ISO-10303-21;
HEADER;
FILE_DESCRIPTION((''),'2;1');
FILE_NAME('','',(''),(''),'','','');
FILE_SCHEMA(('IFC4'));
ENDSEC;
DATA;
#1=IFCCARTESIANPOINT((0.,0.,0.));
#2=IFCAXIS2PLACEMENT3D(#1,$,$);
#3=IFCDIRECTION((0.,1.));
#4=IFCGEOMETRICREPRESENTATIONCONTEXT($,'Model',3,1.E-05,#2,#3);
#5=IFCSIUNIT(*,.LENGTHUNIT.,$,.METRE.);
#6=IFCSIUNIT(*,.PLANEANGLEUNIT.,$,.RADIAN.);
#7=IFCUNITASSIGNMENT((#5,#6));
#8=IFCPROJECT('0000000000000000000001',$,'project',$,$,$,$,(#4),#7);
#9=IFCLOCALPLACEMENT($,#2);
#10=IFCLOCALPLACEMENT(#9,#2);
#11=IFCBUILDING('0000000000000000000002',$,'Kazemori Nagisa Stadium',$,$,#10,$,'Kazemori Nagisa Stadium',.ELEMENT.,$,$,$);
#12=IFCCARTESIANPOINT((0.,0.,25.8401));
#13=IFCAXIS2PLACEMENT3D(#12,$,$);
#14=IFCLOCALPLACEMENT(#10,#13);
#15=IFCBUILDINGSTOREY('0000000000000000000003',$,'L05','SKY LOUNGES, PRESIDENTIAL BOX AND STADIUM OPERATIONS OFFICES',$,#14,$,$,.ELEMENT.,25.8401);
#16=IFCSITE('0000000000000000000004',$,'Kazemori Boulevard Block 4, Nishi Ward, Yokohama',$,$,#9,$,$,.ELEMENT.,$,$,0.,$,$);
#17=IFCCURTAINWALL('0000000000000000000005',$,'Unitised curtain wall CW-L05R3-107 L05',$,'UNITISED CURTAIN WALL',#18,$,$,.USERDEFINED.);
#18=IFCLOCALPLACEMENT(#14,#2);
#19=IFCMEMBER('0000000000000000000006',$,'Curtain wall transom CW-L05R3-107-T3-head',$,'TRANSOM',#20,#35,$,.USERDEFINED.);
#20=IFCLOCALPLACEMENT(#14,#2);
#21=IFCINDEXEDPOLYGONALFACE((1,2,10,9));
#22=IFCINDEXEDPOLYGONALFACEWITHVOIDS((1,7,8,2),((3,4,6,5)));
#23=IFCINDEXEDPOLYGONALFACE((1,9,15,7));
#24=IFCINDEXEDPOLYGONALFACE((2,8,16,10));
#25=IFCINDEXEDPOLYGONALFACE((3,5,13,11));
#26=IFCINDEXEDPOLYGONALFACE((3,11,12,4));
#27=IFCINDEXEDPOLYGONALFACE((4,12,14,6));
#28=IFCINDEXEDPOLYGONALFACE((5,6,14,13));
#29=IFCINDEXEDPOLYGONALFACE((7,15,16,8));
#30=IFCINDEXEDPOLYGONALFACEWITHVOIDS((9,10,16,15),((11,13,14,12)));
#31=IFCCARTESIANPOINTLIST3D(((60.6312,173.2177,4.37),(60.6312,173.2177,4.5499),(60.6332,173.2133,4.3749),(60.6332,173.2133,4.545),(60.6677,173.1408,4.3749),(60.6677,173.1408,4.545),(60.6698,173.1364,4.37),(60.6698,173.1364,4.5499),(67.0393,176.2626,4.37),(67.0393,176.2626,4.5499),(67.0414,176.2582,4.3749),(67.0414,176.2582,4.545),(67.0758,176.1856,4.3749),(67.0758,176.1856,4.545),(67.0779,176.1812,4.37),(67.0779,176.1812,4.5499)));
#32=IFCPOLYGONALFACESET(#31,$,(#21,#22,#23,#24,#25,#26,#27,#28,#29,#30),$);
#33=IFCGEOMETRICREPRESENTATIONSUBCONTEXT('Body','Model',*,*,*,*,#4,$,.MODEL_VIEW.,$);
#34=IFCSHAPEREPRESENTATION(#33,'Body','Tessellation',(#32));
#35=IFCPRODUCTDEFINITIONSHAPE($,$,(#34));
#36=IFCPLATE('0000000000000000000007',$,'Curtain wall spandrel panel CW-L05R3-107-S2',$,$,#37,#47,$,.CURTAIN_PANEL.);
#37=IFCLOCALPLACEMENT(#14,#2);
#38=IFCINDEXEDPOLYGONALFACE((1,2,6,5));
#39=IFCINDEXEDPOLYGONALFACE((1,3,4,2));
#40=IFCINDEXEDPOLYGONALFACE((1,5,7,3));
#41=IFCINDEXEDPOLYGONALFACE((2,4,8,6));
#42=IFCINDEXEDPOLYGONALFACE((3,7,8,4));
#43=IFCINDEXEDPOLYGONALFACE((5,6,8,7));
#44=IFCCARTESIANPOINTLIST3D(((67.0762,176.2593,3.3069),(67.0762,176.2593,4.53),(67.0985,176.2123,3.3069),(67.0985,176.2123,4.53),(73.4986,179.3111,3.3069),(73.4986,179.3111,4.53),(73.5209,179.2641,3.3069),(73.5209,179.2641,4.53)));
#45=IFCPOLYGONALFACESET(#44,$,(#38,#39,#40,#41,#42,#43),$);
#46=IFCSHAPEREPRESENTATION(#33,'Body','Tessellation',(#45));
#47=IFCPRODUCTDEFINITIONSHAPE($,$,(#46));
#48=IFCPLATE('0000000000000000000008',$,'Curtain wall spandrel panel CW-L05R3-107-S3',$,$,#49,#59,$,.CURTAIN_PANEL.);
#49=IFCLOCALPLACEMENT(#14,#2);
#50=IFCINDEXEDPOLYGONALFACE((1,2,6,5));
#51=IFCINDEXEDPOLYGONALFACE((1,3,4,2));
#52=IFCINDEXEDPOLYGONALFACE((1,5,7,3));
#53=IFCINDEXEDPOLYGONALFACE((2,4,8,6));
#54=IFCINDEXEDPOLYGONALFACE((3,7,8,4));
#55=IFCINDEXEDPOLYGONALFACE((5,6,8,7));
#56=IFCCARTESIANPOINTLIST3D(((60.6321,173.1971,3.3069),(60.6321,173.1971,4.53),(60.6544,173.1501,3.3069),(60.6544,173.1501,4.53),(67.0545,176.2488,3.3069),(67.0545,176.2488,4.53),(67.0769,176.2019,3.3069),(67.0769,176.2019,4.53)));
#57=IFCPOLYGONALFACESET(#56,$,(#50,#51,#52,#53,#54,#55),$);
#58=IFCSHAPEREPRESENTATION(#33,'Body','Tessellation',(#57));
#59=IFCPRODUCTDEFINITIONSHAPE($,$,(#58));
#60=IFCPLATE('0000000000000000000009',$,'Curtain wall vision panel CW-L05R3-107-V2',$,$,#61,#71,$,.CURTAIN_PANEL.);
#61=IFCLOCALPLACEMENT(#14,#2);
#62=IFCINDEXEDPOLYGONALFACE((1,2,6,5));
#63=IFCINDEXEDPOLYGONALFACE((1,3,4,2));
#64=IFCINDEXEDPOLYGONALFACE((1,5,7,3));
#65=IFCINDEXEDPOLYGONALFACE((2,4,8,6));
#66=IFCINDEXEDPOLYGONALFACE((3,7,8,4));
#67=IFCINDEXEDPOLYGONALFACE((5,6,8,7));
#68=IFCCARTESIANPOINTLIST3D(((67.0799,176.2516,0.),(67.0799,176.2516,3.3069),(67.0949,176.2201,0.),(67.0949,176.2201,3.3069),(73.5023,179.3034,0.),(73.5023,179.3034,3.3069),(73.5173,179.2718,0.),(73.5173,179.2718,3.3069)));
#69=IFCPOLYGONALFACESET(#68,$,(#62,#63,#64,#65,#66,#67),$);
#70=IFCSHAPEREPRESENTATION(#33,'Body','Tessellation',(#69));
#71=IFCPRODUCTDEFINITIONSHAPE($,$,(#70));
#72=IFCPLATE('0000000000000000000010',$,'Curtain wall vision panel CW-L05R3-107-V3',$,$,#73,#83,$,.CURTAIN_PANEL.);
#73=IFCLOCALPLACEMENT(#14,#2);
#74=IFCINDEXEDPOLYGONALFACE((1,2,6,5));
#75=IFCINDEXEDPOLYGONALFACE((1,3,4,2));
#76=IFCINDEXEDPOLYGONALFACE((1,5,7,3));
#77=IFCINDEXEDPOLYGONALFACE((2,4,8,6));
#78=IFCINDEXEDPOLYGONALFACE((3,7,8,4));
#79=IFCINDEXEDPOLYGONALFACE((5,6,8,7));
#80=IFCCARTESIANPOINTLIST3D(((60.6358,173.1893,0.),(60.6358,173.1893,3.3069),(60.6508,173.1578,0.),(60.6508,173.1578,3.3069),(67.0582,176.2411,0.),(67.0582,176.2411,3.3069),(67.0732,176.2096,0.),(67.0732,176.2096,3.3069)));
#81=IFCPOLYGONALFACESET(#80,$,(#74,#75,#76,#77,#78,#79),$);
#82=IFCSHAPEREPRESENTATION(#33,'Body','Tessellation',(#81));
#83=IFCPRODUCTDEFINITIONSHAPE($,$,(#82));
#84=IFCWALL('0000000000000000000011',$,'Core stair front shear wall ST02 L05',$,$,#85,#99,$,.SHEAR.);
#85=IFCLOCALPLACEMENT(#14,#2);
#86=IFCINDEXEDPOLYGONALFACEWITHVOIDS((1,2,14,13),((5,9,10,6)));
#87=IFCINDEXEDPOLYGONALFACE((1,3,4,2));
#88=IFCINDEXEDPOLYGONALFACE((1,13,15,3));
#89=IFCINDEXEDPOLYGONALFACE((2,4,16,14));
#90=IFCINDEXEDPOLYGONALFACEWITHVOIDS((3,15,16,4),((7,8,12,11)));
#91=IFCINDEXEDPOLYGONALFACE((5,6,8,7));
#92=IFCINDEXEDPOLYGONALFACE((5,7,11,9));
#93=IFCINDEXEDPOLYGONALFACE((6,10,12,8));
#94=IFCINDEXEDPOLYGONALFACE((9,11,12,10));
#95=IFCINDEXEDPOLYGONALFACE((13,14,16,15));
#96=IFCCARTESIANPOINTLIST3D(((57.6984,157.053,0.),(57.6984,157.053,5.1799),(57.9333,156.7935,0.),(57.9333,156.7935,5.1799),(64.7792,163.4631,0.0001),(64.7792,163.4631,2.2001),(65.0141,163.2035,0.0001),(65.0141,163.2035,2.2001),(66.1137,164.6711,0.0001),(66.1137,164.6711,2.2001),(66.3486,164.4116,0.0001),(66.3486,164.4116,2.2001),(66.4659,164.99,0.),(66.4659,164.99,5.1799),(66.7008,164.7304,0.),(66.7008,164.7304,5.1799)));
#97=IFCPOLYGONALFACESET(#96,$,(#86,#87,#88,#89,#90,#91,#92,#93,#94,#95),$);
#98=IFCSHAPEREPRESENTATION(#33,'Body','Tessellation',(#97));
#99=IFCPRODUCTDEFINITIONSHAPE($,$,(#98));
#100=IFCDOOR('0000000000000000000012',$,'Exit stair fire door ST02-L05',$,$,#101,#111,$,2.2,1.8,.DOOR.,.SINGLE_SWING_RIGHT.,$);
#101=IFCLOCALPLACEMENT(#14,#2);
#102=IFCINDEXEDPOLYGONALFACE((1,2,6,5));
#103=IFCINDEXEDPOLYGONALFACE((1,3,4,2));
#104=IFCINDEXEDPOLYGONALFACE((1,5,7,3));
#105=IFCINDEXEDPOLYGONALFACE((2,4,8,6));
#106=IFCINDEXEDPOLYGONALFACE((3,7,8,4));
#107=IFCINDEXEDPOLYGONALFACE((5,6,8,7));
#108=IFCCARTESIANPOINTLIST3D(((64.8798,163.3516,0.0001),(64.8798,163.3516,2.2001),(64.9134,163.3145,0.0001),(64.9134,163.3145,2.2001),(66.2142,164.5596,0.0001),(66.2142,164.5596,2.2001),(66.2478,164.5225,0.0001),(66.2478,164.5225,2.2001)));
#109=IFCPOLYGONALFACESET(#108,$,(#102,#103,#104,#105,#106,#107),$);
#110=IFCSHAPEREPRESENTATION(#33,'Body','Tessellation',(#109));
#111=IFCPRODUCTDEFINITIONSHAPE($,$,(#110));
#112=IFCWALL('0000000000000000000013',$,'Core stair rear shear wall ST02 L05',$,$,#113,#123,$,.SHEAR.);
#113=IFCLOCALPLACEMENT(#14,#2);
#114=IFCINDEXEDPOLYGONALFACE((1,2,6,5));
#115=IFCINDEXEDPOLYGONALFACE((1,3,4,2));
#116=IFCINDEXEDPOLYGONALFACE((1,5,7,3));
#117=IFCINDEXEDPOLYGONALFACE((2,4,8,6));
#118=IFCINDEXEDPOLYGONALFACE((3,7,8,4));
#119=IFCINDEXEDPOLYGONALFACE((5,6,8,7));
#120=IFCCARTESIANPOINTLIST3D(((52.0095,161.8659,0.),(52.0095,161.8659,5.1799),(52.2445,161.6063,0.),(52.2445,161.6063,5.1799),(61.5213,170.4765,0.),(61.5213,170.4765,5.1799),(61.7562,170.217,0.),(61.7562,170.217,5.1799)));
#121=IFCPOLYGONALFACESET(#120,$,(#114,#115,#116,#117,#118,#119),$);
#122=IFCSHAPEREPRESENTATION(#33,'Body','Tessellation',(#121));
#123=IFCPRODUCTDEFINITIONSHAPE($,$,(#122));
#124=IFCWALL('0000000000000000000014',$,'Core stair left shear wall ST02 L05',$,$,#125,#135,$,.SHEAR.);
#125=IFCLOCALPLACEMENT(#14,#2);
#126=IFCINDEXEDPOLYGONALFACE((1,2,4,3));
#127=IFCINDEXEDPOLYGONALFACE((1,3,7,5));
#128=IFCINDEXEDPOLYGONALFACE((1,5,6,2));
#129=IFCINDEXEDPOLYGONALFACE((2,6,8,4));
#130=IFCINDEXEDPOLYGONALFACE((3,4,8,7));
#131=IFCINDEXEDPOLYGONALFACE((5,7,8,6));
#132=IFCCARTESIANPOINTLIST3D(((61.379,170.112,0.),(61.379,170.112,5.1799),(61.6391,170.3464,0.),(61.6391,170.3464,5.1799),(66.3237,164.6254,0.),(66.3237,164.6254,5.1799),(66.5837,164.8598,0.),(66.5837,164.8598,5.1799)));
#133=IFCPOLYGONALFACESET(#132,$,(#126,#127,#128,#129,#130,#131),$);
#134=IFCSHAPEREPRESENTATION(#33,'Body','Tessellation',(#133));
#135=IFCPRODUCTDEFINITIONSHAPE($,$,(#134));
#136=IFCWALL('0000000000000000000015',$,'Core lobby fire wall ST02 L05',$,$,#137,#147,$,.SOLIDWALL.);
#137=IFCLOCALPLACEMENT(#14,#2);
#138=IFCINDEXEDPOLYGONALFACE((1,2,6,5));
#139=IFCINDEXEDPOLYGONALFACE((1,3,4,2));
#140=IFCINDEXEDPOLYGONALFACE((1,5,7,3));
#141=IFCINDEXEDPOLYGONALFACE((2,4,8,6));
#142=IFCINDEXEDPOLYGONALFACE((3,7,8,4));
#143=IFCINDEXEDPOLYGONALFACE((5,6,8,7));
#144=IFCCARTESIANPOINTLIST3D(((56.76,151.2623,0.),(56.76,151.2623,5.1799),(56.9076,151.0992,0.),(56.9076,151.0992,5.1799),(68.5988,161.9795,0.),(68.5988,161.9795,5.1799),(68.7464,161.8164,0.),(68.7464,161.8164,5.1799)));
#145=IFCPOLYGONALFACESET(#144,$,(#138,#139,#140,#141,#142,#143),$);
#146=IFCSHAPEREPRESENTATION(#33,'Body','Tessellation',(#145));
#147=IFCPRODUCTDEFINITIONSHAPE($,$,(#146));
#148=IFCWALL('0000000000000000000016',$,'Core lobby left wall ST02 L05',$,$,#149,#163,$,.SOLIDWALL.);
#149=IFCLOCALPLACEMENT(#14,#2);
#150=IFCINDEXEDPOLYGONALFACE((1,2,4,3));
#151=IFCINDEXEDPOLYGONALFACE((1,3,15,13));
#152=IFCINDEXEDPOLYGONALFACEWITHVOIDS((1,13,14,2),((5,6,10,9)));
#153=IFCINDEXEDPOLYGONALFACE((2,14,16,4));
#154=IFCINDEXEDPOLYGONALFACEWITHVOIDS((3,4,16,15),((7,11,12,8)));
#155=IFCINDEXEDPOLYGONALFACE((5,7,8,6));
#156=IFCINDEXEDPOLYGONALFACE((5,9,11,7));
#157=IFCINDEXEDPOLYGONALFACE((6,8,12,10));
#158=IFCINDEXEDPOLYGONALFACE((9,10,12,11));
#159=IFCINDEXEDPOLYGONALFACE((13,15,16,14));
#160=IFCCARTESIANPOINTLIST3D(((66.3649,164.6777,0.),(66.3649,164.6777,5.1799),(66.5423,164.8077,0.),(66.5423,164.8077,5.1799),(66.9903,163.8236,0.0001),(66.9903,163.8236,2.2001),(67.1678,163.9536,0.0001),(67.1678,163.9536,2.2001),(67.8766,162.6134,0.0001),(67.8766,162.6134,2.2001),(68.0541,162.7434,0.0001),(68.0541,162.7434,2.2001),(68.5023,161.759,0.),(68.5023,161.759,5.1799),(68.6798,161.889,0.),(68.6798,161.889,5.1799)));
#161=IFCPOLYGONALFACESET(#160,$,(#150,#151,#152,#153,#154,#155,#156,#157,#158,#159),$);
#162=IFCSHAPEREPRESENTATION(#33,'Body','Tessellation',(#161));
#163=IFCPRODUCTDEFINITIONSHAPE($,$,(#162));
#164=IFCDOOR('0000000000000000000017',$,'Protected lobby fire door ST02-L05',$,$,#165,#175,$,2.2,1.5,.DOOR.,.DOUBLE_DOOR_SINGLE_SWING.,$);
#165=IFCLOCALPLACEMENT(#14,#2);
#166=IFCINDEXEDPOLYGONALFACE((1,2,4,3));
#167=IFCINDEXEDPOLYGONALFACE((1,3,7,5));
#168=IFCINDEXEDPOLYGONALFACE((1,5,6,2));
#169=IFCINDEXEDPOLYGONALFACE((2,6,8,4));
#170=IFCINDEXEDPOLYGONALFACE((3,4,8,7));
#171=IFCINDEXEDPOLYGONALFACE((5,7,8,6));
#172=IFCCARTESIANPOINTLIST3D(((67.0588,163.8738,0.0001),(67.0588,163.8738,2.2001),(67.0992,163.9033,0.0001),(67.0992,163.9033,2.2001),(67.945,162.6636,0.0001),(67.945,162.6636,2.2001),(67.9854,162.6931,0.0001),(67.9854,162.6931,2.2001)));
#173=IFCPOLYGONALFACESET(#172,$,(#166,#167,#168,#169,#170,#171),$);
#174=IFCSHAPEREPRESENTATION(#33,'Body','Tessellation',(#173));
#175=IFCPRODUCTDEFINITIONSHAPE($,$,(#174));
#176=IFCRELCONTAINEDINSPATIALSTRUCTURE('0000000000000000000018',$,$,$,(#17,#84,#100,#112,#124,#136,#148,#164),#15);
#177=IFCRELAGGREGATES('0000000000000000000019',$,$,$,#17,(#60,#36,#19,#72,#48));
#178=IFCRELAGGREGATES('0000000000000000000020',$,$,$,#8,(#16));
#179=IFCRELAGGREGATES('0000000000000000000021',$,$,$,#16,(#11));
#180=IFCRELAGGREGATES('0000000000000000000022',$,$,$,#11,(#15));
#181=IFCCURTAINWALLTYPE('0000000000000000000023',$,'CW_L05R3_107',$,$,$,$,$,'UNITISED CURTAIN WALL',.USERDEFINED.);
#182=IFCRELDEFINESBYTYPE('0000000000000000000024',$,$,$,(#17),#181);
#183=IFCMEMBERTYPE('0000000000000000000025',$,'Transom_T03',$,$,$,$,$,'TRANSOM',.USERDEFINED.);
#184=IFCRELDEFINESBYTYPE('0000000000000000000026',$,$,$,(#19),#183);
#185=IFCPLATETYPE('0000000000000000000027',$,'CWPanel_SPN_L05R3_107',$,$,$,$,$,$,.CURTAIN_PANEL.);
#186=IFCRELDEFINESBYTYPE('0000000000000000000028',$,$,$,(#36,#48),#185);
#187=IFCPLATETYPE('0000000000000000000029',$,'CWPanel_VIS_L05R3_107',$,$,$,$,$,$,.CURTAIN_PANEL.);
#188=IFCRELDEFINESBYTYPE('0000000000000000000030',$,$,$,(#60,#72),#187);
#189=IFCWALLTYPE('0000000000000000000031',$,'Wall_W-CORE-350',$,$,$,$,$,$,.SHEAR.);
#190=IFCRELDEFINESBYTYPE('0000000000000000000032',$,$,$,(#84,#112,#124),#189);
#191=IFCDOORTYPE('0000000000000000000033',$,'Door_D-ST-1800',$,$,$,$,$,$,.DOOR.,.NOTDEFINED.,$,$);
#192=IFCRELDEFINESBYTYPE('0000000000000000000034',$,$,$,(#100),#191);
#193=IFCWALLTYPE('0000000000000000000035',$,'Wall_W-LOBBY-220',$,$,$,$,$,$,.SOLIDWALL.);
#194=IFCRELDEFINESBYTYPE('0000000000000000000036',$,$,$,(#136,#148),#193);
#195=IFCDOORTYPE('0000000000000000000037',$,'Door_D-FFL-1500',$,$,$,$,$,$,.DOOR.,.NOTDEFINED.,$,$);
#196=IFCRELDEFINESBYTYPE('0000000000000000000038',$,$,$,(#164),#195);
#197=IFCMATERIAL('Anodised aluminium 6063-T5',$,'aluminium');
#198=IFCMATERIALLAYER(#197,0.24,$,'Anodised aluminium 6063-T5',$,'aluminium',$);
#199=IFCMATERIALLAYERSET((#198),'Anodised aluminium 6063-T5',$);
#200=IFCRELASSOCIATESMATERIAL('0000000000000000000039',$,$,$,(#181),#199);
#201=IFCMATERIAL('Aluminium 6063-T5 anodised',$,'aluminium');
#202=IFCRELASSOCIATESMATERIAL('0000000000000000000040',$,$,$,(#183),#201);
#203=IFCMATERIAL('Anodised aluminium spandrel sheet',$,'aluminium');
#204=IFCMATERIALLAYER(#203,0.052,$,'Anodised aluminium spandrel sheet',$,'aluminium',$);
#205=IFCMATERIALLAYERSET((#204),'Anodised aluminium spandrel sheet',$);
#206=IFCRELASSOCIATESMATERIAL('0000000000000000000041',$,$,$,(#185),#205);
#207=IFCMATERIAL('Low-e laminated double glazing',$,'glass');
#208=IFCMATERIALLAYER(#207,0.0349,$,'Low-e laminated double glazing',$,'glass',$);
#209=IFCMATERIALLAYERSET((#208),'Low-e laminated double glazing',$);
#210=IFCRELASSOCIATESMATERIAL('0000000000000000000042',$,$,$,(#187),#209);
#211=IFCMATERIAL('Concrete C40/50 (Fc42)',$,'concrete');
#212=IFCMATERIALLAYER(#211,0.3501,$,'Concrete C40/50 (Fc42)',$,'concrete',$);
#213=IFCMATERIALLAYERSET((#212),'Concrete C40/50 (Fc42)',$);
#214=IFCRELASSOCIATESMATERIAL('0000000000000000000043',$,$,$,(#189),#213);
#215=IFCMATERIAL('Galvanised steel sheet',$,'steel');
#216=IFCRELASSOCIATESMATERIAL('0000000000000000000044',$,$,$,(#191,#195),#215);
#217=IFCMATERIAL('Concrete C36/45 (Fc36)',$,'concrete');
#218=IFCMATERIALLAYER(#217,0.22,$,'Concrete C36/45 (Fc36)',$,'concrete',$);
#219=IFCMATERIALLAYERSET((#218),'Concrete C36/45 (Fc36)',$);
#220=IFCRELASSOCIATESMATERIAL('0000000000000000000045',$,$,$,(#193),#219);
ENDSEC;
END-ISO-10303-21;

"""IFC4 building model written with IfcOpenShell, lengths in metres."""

from ifc_helpers import new_model, si_unit, direction, frame, frame_2d, origin, origin_2d, place, context, subcontext, project, spatial, rectangle, hollow_rectangle, extrude, material, layer, layer_set, material_profile, profile_set, type_object, element, fill, aggregate, save


model = new_model("IFC4")

# Units and contexts
model_context = context("Model", 3, precision=1e-05, world=origin(), true_north=direction((0.0, 1.0)))
body_context = subcontext(model_context, "Body", "Model", "MODEL_VIEW")
ifc_project = project(units=[si_unit("LENGTHUNIT", "METRE"), si_unit("PLANEANGLEUNIT", "RADIAN")], contexts=[model_context])

# Site, building, storey
site_placement = place(None, origin())
site = spatial("IfcSite", under=ifc_project, at=site_placement, Name="Kazemori Boulevard Block 4, Nishi Ward, Yokohama", CompositionType="ELEMENT", RefElevation=0.0)
building_placement = place(site_placement, origin())
building = spatial("IfcBuilding", under=site, at=building_placement, Name="Kazemori Nagisa Stadium", LongName="Kazemori Nagisa Stadium", CompositionType="ELEMENT")
storey_placement = place(building_placement, frame((0.0, 0.0, 25.8401)))
storey = spatial("IfcBuildingStorey", under=building, at=storey_placement, Name="L05", Description="SKY LOUNGES, PRESIDENTIAL BOX AND STADIUM OPERATIONS OFFICES", CompositionType="ELEMENT", Elevation=25.8401)

# Shared definitions
ifc_material_1 = material(Name="Concrete C40/50 (Fc42)", Category="concrete")

# Curtain wall, member, plates
ifc_material_2 = material(Name="Anodised aluminium 6063-T5", Category="aluminium")
ifc_layer_1 = layer(ifc_material_2, 0.24, Name="Anodised aluminium 6063-T5", Category="aluminium")
ifc_layer_set_1 = layer_set([ifc_layer_1], Name="Anodised aluminium 6063-T5")
curtain_wall_type = type_object("IfcCurtainWallType", Name="CW_L05R3_107", ElementType="UNITISED CURTAIN WALL", PredefinedType="USERDEFINED", material=ifc_layer_set_1)
curtain_wall_placement = place(storey_placement, origin())
curtain_wall = element("IfcCurtainWall", 1, at=curtain_wall_placement, inside=storey, type_object=curtain_wall_type, Name="Unitised curtain wall CW-L05R3-107 L05", ObjectType="UNITISED CURTAIN WALL", PredefinedType="USERDEFINED")
ifc_material_3 = material(Name="Aluminium 6063-T5 anodised", Category="aluminium")
ifc_material_profile_1 = material_profile(ifc_material_3, hollow_rectangle(XDim=0.0901, YDim=0.1799, WallThickness=0.0049, at=origin_2d()), Name="ALU-TRAN-90x180x5")
ifc_profile_set_1 = profile_set([ifc_material_profile_1], Name="Aluminium 6063-T5 anodised")
member_type_1 = type_object("IfcMemberType", Name="Transom_T03", ElementType="TRANSOM", PredefinedType="USERDEFINED", material=ifc_profile_set_1)
member_1_placement = place(storey_placement, frame((67.0586, 176.2219, 4.46), z_axis=(-0.903221, -0.429175, 0.0), x_axis=(0.429175, -0.903221, 0.0)))
member_1 = element("IfcMember", 2, at=member_1_placement, type_object=member_type_1, Name="Curtain wall transom CW-L05R3-107-T3-head", ObjectType="TRANSOM", PredefinedType="USERDEFINED", context=body_context, shape_type="SweptSolid", body=[
    extrude(hollow_rectangle(XDim=0.0901, YDim=0.1799, WallThickness=0.0049, at=origin_2d()), origin(), (0.0, 0.0, 1.0), 7.0947),
])
ifc_material_4 = material(Name="Anodised aluminium spandrel sheet", Category="aluminium")
ifc_layer_2 = layer(ifc_material_4, 0.052, Name="Anodised aluminium spandrel sheet", Category="aluminium")
ifc_layer_set_2 = layer_set([ifc_layer_2], Name="Anodised aluminium spandrel sheet")
plate_type_1 = type_object("IfcPlateType", Name="CWPanel_SPN_L05R3_107", PredefinedType="CURTAIN_PANEL", material=ifc_layer_set_2)
plate_1_placement = place(storey_placement, frame((70.2986, 177.7617, 3.3069), z_axis=(0.0, 0.0, 1.0), x_axis=(-0.903216, -0.429186, 0.0)))
plate_1 = element("IfcPlate", 3, at=plate_1_placement, type_object=plate_type_1, Name="Curtain wall spandrel panel CW-L05R3-107-S2", PredefinedType="CURTAIN_PANEL", context=body_context, shape_type="SweptSolid", body=[
    extrude(rectangle(XDim=7.1106, YDim=0.052, at=origin_2d()), origin(), (0.0, 0.0, 1.0), 1.2231),
])
plate_2_placement = place(storey_placement, frame((63.8545, 174.6995, 3.3069), z_axis=(0.0, 0.0, 1.0), x_axis=(-0.903216, -0.429186, 0.0)))
plate_2 = element("IfcPlate", 4, at=plate_2_placement, type_object=plate_type_1, Name="Curtain wall spandrel panel CW-L05R3-107-S3", PredefinedType="CURTAIN_PANEL", context=body_context, shape_type="SweptSolid", body=[
    extrude(rectangle(XDim=7.1106, YDim=0.052, at=origin_2d()), origin(), (0.0, 0.0, 1.0), 1.2231),
])
ifc_material_5 = material(Name="Low-e laminated double glazing", Category="glass")
ifc_layer_3 = layer(ifc_material_5, 0.0349, Name="Low-e laminated double glazing", Category="glass")
ifc_layer_set_3 = layer_set([ifc_layer_3], Name="Low-e laminated double glazing")
plate_type_2 = type_object("IfcPlateType", Name="CWPanel_VIS_L05R3_107", PredefinedType="CURTAIN_PANEL", material=ifc_layer_set_3)
plate_3_placement = place(storey_placement, frame((70.2986, 177.7617, 0.0), z_axis=(0.0, 0.0, 1.0), x_axis=(-0.903216, -0.429186, 0.0)))
plate_3 = element("IfcPlate", 5, at=plate_3_placement, type_object=plate_type_2, Name="Curtain wall vision panel CW-L05R3-107-V2", PredefinedType="CURTAIN_PANEL", context=body_context, shape_type="SweptSolid", body=[
    extrude(rectangle(XDim=7.1106, YDim=0.0349, at=origin_2d()), origin(), (0.0, 0.0, 1.0), 3.3069),
])
plate_4_placement = place(storey_placement, frame((63.8545, 174.6995, 0.0), z_axis=(0.0, 0.0, 1.0), x_axis=(-0.903216, -0.429186, 0.0)))
plate_4 = element("IfcPlate", 6, at=plate_4_placement, type_object=plate_type_2, Name="Curtain wall vision panel CW-L05R3-107-V3", PredefinedType="CURTAIN_PANEL", context=body_context, shape_type="SweptSolid", body=[
    extrude(rectangle(XDim=7.1106, YDim=0.0349, at=origin_2d()), origin(), (0.0, 0.0, 1.0), 3.3069),
])
aggregate(curtain_wall, [plate_3, plate_1, member_1, plate_4, plate_2])

# Wall, opening, door
ifc_layer_4 = layer(ifc_material_1, 0.3501, Name="Concrete C40/50 (Fc42)", Category="concrete")
ifc_layer_set_4 = layer_set([ifc_layer_4], Name="Concrete C40/50 (Fc42)")
wall_type_1 = type_object("IfcWallType", Name="Wall_W-CORE-350", PredefinedType="SHEAR", material=ifc_layer_set_4)
wall_1_placement = place(storey_placement, frame((66.5833, 164.8601, 0.0), z_axis=(0.0, 0.0, 1.0), x_axis=(-0.741349, -0.67112, 0.0)))
wall_1 = element("IfcWall", 7, at=wall_1_placement, inside=storey, type_object=wall_type_1, Name="Core stair front shear wall ST02 L05", PredefinedType="SHEAR", context=body_context, shape_type="SweptSolid", body=[
    extrude(rectangle(XDim=11.8264, YDim=0.3501, at=frame_2d((5.9131, 0.0))), origin(), (0.0, 0.0, 1.0), 5.1799),
])
opening_1_placement = place(wall_1_placement, frame((0.4751, 0.0, 0.0)))
opening_1 = element("IfcOpeningElement", 8, at=opening_1_placement, cuts=wall_1, PredefinedType="OPENING", context=body_context, shape_type="SweptSolid", body=[
    extrude(rectangle(XDim=1.8, YDim=2.2, at=frame_2d((0.8999, 1.1001))), frame((0.0, 0.1851, 0.0), z_axis=(0.0, -1.0, 0.0), x_axis=(1.0, 0.0, 0.0)), (0.0, 0.0, 1.0), 0.3701),
])
ifc_material_6 = material(Name="Galvanised steel sheet", Category="steel")
door_type_1 = type_object("IfcDoorType", Name="Door_D-ST-1800", OperationType="NOTDEFINED", PredefinedType="DOOR", material=ifc_material_6)
door_1_placement = place(opening_1_placement, frame((1.8, 0.0, 0.0), z_axis=(0.0, 0.0, 1.0), x_axis=(-1.0, 0.0, 0.0)))
door_1 = element("IfcDoor", 9, at=door_1_placement, inside=storey, type_object=door_type_1, Name="Exit stair fire door ST02-L05", OperationType="SINGLE_SWING_RIGHT", OverallHeight=2.2, OverallWidth=1.8, PredefinedType="DOOR", context=body_context, shape_type="SweptSolid", body=[
    extrude(rectangle(XDim=1.8, YDim=2.2, at=frame_2d((0.8999, 1.1001))), frame((0.0, 0.0249, 0.0), z_axis=(0.0, -1.0, 0.0), x_axis=(1.0, 0.0, 0.0)), (0.0, 0.0, 1.0), 0.05),
])
fill(opening_1, door_1)

# Walls
wall_2_placement = place(storey_placement, frame((61.6387, 170.3467, 0.0), z_axis=(0.0, 0.0, 1.0), x_axis=(-0.741351, -0.671117, 0.0)))
element("IfcWall", 10, at=wall_2_placement, inside=storey, type_object=wall_type_1, Name="Core stair rear shear wall ST02 L05", PredefinedType="SHEAR", context=body_context, shape_type="SweptSolid", body=[
    extrude(rectangle(XDim=12.8303, YDim=0.3501, at=frame_2d((6.415, 0.0))), origin(), (0.0, 0.0, 1.0), 5.1799),
])
wall_3_placement = place(storey_placement, frame((66.4536, 164.7427, 0.0), z_axis=(0.0, 0.0, 1.0), x_axis=(-0.669463, 0.742845, 0.0)))
element("IfcWall", 11, at=wall_3_placement, inside=storey, type_object=wall_type_1, Name="Core stair left shear wall ST02 L05", PredefinedType="SHEAR", context=body_context, shape_type="SweptSolid", body=[
    extrude(rectangle(XDim=7.386, YDim=0.3501, at=frame_2d((3.6929, 0.0))), origin(), (0.0, 0.0, 1.0), 5.1799),
])
ifc_material_7 = material(Name="Concrete C36/45 (Fc36)", Category="concrete")
ifc_layer_5 = layer(ifc_material_7, 0.22, Name="Concrete C36/45 (Fc36)", Category="concrete")
ifc_layer_set_5 = layer_set([ifc_layer_5], Name="Concrete C36/45 (Fc36)")
wall_type_2 = type_object("IfcWallType", Name="Wall_W-LOBBY-220", PredefinedType="SOLIDWALL", material=ifc_layer_set_5)
wall_4_placement = place(storey_placement, frame((68.6726, 161.8979, 0.0), z_axis=(0.0, 0.0, 1.0), x_axis=(-0.741351, -0.671117, 0.0)))
element("IfcWall", 12, at=wall_4_placement, inside=storey, type_object=wall_type_2, Name="Core lobby fire wall ST02 L05", PredefinedType="SOLIDWALL", context=body_context, shape_type="SweptSolid", body=[
    extrude(rectangle(XDim=15.9692, YDim=0.22, at=frame_2d((7.9846, 0.0))), origin(), (0.0, 0.0, 1.0), 5.1799),
])

# Wall, opening, door
wall_5_placement = place(storey_placement, frame((68.5911, 161.824, 0.0), z_axis=(0.0, 0.0, 1.0), x_axis=(-0.590837, 0.806791, 0.0)))
wall_5 = element("IfcWall", 13, at=wall_5_placement, inside=storey, type_object=wall_type_2, Name="Core lobby left wall ST02 L05", PredefinedType="SOLIDWALL", context=body_context, shape_type="SweptSolid", body=[
    extrude(rectangle(XDim=3.6177, YDim=0.22, at=frame_2d((1.8088, 0.0))), origin(), (0.0, 0.0, 1.0), 5.1799),
])
opening_2_placement = place(wall_5_placement, frame((1.0591, 0.0, 0.0)))
opening_2 = element("IfcOpeningElement", 14, at=opening_2_placement, cuts=wall_5, PredefinedType="OPENING", context=body_context, shape_type="SweptSolid", body=[
    extrude(rectangle(XDim=1.5, YDim=2.2, at=frame_2d((0.75, 1.1001))), frame((0.0, 0.1199, 0.0), z_axis=(0.0, -1.0, 0.0), x_axis=(1.0, 0.0, 0.0)), (0.0, 0.0, 1.0), 0.24),
])
door_type_2 = type_object("IfcDoorType", Name="Door_D-FFL-1500", OperationType="NOTDEFINED", PredefinedType="DOOR", material=ifc_material_6)
door_2_placement = place(opening_2_placement, frame((1.5, 0.0, 0.0), z_axis=(0.0, 0.0, 1.0), x_axis=(-1.0, 0.0, 0.0)))
door_2 = element("IfcDoor", 15, at=door_2_placement, inside=storey, type_object=door_type_2, Name="Protected lobby fire door ST02-L05", OperationType="DOUBLE_DOOR_SINGLE_SWING", OverallHeight=2.2, OverallWidth=1.5, PredefinedType="DOOR", context=body_context, shape_type="SweptSolid", body=[
    extrude(rectangle(XDim=1.5, YDim=2.2, at=frame_2d((0.75, 1.1001))), frame((0.0, 0.0249, 0.0), z_axis=(0.0, -1.0, 0.0), x_axis=(1.0, 0.0, 0.0)), (0.0, 0.0, 1.0), 0.05),
])
fill(opening_2, door_2)

save(model, "model.ifc")
